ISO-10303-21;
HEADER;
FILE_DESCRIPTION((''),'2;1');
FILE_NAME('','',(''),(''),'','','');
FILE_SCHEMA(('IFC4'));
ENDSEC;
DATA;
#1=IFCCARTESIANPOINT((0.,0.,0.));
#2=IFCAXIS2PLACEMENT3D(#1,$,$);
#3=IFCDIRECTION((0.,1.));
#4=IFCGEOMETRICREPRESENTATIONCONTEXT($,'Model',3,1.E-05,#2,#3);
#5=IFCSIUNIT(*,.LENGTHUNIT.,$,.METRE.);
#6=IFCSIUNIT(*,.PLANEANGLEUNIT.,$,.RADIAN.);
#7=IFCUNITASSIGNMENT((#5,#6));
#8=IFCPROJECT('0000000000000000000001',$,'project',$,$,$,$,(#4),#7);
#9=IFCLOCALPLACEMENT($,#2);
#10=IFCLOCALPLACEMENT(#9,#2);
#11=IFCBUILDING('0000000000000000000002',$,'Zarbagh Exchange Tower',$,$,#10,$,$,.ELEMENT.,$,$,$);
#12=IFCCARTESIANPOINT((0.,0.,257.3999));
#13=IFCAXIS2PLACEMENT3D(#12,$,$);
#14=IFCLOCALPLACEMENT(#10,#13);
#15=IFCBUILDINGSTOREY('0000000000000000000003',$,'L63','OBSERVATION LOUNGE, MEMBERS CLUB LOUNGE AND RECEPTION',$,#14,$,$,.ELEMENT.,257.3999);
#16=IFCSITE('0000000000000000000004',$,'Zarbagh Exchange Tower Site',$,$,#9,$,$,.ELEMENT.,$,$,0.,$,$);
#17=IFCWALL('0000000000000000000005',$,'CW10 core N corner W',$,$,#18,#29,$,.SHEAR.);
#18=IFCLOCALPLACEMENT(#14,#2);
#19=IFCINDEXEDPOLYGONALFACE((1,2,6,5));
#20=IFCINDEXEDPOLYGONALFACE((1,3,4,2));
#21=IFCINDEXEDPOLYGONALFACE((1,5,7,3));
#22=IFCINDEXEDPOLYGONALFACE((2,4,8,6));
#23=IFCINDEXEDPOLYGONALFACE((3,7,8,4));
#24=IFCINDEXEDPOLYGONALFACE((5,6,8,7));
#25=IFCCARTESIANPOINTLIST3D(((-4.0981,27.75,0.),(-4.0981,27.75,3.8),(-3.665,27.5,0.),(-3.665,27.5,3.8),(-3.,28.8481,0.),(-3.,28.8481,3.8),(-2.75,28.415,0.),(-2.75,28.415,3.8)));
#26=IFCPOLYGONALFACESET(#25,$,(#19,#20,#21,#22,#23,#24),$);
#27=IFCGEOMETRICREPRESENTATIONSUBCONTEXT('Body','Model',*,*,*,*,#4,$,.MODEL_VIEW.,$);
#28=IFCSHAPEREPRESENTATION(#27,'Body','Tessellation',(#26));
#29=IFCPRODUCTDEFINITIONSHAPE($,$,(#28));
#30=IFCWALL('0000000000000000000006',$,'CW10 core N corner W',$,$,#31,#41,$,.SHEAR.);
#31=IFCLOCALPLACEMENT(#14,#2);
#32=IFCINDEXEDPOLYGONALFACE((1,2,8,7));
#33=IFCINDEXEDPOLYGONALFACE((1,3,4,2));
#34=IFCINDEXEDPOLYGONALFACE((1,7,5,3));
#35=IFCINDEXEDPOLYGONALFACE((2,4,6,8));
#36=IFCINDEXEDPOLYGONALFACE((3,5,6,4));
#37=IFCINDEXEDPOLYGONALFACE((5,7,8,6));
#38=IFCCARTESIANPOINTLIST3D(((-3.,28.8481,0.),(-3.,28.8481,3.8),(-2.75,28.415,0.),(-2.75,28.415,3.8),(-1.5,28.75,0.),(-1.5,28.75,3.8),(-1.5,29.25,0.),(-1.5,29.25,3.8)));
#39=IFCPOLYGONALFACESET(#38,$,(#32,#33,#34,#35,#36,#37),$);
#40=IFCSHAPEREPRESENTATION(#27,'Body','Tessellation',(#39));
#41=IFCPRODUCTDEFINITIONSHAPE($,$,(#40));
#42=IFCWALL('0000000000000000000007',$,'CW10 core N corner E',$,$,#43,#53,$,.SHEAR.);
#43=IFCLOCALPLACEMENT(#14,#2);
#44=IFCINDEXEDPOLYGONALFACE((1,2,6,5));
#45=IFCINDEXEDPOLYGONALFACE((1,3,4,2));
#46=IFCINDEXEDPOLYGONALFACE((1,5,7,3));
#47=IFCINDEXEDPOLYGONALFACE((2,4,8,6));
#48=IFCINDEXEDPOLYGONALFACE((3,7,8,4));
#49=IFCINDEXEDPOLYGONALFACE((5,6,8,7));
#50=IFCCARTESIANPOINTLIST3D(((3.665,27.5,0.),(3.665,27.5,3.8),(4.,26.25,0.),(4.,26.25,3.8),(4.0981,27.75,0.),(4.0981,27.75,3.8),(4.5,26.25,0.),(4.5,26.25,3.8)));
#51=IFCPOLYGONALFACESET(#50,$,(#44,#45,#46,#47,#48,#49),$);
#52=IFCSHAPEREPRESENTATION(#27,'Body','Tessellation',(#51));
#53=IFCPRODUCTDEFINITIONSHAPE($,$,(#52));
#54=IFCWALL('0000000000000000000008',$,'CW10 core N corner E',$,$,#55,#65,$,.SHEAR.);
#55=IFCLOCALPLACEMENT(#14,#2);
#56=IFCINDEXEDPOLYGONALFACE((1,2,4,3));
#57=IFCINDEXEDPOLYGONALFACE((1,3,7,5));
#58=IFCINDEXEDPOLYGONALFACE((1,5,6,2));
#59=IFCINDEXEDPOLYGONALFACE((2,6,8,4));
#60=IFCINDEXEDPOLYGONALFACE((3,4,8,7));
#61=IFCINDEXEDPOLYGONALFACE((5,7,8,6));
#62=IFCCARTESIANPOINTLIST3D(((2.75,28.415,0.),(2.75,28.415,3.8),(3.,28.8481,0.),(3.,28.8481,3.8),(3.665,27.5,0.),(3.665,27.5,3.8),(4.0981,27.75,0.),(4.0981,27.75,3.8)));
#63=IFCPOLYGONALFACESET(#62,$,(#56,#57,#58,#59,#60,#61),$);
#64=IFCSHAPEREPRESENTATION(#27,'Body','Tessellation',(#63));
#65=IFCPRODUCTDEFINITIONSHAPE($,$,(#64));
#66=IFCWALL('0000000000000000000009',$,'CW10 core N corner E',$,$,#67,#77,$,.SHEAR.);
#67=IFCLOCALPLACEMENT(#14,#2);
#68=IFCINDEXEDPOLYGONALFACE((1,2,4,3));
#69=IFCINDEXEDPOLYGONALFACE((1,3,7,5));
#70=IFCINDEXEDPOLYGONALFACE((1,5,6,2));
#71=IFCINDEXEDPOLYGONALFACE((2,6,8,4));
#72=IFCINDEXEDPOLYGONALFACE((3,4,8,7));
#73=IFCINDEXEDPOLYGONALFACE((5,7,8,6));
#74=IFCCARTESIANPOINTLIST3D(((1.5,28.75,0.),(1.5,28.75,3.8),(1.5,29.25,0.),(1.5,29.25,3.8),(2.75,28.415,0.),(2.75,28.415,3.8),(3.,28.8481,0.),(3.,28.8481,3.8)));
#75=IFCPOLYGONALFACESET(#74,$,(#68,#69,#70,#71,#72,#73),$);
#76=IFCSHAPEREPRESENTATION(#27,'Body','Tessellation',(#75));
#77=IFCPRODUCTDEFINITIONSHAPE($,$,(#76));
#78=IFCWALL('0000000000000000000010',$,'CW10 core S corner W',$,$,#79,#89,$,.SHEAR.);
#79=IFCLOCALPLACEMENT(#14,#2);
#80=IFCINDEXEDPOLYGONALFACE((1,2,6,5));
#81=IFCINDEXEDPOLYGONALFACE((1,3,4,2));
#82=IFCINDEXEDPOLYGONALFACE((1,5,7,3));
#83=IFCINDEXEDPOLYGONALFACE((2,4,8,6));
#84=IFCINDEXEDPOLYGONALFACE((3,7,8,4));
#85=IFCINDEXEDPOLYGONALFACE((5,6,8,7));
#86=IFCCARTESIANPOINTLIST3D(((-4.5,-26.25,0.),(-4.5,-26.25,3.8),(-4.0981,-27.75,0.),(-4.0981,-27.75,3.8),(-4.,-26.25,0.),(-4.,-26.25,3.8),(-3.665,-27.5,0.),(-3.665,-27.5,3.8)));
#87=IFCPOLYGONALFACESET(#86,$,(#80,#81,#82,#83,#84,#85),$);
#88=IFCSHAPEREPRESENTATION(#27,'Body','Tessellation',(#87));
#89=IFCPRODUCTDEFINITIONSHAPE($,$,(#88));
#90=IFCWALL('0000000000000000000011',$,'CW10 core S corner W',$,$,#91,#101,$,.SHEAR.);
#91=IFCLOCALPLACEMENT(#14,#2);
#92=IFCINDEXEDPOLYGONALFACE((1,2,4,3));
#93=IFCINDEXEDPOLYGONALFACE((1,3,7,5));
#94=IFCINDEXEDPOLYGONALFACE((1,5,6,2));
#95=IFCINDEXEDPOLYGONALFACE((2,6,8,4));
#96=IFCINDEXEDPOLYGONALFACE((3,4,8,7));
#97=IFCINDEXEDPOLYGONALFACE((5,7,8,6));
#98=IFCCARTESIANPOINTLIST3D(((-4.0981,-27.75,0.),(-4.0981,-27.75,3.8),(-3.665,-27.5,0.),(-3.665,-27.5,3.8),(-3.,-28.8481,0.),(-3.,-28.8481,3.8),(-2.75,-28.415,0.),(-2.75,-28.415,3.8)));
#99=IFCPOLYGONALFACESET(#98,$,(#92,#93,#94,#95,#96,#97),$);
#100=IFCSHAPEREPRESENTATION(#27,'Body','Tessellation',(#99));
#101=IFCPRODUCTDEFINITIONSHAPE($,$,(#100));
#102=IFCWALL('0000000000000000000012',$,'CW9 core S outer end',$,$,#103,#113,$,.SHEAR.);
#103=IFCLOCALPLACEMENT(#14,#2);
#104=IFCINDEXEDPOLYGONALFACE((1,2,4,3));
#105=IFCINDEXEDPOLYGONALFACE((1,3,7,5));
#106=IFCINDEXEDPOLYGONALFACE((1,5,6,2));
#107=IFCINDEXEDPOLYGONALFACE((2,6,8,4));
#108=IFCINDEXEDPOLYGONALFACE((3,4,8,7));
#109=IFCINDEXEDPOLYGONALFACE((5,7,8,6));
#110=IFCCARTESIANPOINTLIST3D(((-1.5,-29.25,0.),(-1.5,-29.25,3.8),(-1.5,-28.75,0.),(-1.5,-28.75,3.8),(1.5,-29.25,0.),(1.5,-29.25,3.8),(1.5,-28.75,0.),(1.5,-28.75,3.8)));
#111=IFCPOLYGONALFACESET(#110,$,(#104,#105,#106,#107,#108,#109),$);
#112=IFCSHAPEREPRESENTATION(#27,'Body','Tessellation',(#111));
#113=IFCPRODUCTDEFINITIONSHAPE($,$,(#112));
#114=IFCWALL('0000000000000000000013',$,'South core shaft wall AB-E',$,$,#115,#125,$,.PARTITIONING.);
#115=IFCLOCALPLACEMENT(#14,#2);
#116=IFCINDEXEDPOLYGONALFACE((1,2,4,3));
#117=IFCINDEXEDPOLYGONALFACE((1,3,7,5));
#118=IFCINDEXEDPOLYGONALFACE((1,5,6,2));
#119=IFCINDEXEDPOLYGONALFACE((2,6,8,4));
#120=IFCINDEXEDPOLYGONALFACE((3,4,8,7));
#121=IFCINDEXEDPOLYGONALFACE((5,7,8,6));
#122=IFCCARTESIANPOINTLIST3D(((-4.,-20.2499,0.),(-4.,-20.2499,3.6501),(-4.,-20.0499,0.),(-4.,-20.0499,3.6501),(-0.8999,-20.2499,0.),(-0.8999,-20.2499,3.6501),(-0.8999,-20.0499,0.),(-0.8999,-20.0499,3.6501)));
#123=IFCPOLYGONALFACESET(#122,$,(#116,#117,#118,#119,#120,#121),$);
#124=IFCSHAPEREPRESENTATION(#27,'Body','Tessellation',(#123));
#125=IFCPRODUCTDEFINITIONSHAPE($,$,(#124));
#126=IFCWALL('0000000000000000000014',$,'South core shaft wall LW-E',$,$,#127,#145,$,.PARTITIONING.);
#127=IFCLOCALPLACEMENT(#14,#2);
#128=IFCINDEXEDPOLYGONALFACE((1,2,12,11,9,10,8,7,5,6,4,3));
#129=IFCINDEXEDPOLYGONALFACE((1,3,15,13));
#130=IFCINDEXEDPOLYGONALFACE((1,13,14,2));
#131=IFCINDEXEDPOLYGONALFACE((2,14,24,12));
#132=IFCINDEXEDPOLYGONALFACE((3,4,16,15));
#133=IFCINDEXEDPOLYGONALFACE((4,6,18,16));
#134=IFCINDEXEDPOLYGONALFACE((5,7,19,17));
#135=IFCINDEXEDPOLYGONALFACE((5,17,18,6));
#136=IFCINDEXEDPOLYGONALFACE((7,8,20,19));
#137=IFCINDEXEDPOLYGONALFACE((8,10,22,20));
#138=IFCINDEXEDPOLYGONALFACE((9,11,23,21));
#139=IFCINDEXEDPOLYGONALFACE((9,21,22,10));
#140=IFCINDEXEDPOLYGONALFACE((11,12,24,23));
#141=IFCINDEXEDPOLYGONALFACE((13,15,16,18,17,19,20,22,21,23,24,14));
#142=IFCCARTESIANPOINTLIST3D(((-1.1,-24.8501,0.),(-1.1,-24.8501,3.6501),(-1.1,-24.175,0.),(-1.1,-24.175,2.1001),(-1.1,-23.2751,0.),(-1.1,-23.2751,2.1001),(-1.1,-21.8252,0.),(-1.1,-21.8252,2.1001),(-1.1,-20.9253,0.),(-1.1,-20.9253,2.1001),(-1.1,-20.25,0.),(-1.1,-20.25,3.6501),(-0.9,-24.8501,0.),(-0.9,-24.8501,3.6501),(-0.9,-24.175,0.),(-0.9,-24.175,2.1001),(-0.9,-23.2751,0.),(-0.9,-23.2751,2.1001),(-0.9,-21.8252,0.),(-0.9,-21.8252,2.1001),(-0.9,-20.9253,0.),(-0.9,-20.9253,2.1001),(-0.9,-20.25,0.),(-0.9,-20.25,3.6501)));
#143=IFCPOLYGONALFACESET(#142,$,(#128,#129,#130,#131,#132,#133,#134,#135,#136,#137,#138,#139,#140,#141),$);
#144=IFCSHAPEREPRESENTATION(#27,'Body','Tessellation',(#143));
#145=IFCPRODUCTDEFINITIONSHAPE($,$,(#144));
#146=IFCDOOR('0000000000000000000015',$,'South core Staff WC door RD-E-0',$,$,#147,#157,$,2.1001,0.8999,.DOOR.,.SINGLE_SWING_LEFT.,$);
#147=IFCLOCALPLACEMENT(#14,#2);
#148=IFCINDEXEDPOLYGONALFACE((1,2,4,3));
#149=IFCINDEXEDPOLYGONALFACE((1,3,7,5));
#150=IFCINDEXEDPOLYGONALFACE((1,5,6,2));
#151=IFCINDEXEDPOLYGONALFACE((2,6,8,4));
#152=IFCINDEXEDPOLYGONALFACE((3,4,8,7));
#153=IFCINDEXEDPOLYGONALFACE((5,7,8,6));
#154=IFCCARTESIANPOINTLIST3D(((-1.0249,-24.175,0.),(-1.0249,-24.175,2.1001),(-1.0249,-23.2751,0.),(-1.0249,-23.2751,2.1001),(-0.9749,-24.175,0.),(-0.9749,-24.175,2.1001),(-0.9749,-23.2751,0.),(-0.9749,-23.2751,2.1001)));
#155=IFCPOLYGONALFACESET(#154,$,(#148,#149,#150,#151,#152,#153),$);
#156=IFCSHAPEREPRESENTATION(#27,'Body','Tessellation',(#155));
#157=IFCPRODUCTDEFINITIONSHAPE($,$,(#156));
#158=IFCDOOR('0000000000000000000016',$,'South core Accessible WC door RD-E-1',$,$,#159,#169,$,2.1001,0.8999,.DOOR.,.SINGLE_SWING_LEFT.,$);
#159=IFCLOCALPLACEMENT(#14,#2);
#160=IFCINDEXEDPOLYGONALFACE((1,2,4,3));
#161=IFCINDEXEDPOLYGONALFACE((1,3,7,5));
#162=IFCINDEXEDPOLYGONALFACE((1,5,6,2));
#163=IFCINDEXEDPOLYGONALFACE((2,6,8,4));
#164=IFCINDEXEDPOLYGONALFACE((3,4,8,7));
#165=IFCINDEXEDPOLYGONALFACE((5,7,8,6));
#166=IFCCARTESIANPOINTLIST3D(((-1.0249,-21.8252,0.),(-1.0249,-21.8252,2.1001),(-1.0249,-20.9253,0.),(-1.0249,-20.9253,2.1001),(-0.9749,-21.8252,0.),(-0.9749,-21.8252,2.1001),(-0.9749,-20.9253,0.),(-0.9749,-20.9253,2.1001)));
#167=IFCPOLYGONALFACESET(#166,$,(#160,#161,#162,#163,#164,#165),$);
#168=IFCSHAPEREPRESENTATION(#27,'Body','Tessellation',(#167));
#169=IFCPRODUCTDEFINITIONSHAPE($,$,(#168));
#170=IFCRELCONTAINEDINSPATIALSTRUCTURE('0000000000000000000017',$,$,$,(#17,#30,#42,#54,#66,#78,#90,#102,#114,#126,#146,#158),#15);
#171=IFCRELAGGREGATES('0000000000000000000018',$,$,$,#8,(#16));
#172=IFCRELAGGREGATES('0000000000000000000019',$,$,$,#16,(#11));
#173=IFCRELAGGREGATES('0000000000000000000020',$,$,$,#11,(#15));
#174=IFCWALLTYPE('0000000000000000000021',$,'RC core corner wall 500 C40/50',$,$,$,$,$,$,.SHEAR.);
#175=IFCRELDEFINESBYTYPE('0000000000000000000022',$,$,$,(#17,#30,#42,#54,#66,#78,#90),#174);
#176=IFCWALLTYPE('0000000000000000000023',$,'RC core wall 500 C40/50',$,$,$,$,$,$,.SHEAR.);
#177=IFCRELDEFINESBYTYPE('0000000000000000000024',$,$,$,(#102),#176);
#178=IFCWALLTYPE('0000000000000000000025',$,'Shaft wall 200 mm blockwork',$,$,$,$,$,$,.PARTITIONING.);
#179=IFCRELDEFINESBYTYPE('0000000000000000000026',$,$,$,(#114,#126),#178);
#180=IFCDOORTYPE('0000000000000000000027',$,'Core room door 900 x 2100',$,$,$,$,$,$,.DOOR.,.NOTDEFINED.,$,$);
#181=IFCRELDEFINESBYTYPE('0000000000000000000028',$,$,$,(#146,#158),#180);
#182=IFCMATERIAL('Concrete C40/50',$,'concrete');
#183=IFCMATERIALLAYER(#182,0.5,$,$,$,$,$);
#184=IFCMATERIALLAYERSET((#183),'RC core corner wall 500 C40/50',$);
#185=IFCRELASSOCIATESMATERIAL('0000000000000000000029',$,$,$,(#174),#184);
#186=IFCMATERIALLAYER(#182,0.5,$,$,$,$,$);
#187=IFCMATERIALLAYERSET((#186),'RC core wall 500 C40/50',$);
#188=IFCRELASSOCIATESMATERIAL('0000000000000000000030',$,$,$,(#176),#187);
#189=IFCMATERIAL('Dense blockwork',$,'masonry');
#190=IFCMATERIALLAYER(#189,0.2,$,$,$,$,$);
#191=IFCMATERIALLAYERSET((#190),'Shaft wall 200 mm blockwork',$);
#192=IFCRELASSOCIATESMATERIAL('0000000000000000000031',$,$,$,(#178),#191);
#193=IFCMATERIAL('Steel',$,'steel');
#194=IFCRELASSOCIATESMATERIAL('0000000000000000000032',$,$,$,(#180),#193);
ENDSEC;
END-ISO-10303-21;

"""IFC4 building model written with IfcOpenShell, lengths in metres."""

from ifc_helpers import new_model, si_unit, direction, frame, frame_2d, origin, place, context, subcontext, project, spatial, polyline, rectangle, outline, extrude, material, layer, layer_set, type_object, element, fill, save


model = new_model("IFC4")

# Units and contexts
model_context = context("Model", 3, precision=1e-05, world=origin(), true_north=direction((0.0, 1.0)))
body_context = subcontext(model_context, "Body", "Model", "MODEL_VIEW")
ifc_project = project(units=[si_unit("LENGTHUNIT", "METRE"), si_unit("PLANEANGLEUNIT", "RADIAN")], contexts=[model_context])

# Site, building, storey
site_placement = place(None, origin())
site = spatial("IfcSite", under=ifc_project, at=site_placement, Name="Zarbagh Exchange Tower Site", CompositionType="ELEMENT", RefElevation=0.0)
building_placement = place(site_placement, origin())
building = spatial("IfcBuilding", under=site, at=building_placement, Name="Zarbagh Exchange Tower", CompositionType="ELEMENT")
storey_placement = place(building_placement, frame((0.0, 0.0, 257.3999)))
storey = spatial("IfcBuildingStorey", under=building, at=storey_placement, Name="L63", Description="OBSERVATION LOUNGE, MEMBERS CLUB LOUNGE AND RECEPTION", CompositionType="ELEMENT", Elevation=257.3999)

# Shared definitions
ifc_material_1 = material(Name="Concrete C40/50", Category="concrete")

# Shared definitions
ifc_material_2 = material(Name="Dense blockwork", Category="masonry")

# Walls
ifc_layer_1 = layer(ifc_material_1, 0.5)
ifc_layer_set_1 = layer_set([ifc_layer_1], Name="RC core corner wall 500 C40/50")
wall_type_1 = type_object("IfcWallType", Name="RC core corner wall 500 C40/50", PredefinedType="SHEAR", material=ifc_layer_set_1)
wall_1_placement = place(storey_placement, origin())
element("IfcWall", 1, at=wall_1_placement, inside=storey, type_object=wall_type_1, Name="CW10 core N corner W", PredefinedType="SHEAR", context=body_context, shape_type="SweptSolid", body=[
    extrude(outline(polyline([(-4.0981, 27.75), (-3.0, 28.8481), (-2.75, 28.415), (-3.665, 27.5), (-4.0981, 27.75)])), origin(), (0.0, 0.0, 1.0), 3.8),
])
wall_2_placement = place(storey_placement, origin())
element("IfcWall", 2, at=wall_2_placement, inside=storey, type_object=wall_type_1, Name="CW10 core N corner W", PredefinedType="SHEAR", context=body_context, shape_type="SweptSolid", body=[
    extrude(outline(polyline([(-3.0, 28.8481), (-1.5, 29.25), (-1.5, 28.75), (-2.75, 28.415), (-3.0, 28.8481)])), origin(), (0.0, 0.0, 1.0), 3.8),
])
wall_3_placement = place(storey_placement, origin())
element("IfcWall", 3, at=wall_3_placement, inside=storey, type_object=wall_type_1, Name="CW10 core N corner E", PredefinedType="SHEAR", context=body_context, shape_type="SweptSolid", body=[
    extrude(outline(polyline([(4.5, 26.25), (4.0981, 27.75), (3.665, 27.5), (4.0, 26.25), (4.5, 26.25)])), origin(), (0.0, 0.0, 1.0), 3.8),
])
wall_4_placement = place(storey_placement, origin())
element("IfcWall", 4, at=wall_4_placement, inside=storey, type_object=wall_type_1, Name="CW10 core N corner E", PredefinedType="SHEAR", context=body_context, shape_type="SweptSolid", body=[
    extrude(outline(polyline([(4.0981, 27.75), (3.0, 28.8481), (2.75, 28.415), (3.665, 27.5), (4.0981, 27.75)])), origin(), (0.0, 0.0, 1.0), 3.8),
])
wall_5_placement = place(storey_placement, origin())
element("IfcWall", 5, at=wall_5_placement, inside=storey, type_object=wall_type_1, Name="CW10 core N corner E", PredefinedType="SHEAR", context=body_context, shape_type="SweptSolid", body=[
    extrude(outline(polyline([(3.0, 28.8481), (1.5, 29.25), (1.5, 28.75), (2.75, 28.415), (3.0, 28.8481)])), origin(), (0.0, 0.0, 1.0), 3.8),
])
wall_6_placement = place(storey_placement, origin())
element("IfcWall", 6, at=wall_6_placement, inside=storey, type_object=wall_type_1, Name="CW10 core S corner W", PredefinedType="SHEAR", context=body_context, shape_type="SweptSolid", body=[
    extrude(outline(polyline([(-4.5, -26.25), (-4.0981, -27.75), (-3.665, -27.5), (-4.0, -26.25), (-4.5, -26.25)])), origin(), (0.0, 0.0, 1.0), 3.8),
])
wall_7_placement = place(storey_placement, origin())
element("IfcWall", 7, at=wall_7_placement, inside=storey, type_object=wall_type_1, Name="CW10 core S corner W", PredefinedType="SHEAR", context=body_context, shape_type="SweptSolid", body=[
    extrude(outline(polyline([(-4.0981, -27.75), (-3.0, -28.8481), (-2.75, -28.415), (-3.665, -27.5), (-4.0981, -27.75)])), origin(), (0.0, 0.0, 1.0), 3.8),
])
ifc_layer_2 = layer(ifc_material_1, 0.5)
ifc_layer_set_2 = layer_set([ifc_layer_2], Name="RC core wall 500 C40/50")
wall_type_2 = type_object("IfcWallType", Name="RC core wall 500 C40/50", PredefinedType="SHEAR", material=ifc_layer_set_2)
wall_8_placement = place(storey_placement, frame((-1.5, -29.0, 0.0), z_axis=(0.0, 0.0, 1.0), x_axis=(1.0, 0.0, 0.0)))
element("IfcWall", 8, at=wall_8_placement, inside=storey, type_object=wall_type_2, Name="CW9 core S outer end", PredefinedType="SHEAR", context=body_context, shape_type="SweptSolid", body=[
    extrude(rectangle(XDim=3.0, YDim=0.5, at=frame_2d((1.5, 0.0))), origin(), (0.0, 0.0, 1.0), 3.8),
])
ifc_layer_3 = layer(ifc_material_2, 0.2)
ifc_layer_set_3 = layer_set([ifc_layer_3], Name="Shaft wall 200 mm blockwork")
wall_type_3 = type_object("IfcWallType", Name="Shaft wall 200 mm blockwork", PredefinedType="PARTITIONING", material=ifc_layer_set_3)
wall_9_placement = place(storey_placement, frame((-0.8999, -20.1499, 0.0), z_axis=(0.0, 0.0, 1.0), x_axis=(-1.0, 0.0, 0.0)))
element("IfcWall", 9, at=wall_9_placement, inside=storey, type_object=wall_type_3, Name="South core shaft wall AB-E", PredefinedType="PARTITIONING", context=body_context, shape_type="SweptSolid", body=[
    extrude(rectangle(XDim=3.1001, YDim=0.2, at=frame_2d((1.55, 0.0))), origin(), (0.0, 0.0, 1.0), 3.6501),
])

# Wall, openings, doors
wall_10_placement = place(storey_placement, frame((-1.0, -24.8501, 0.0), z_axis=(0.0, 0.0, 1.0), x_axis=(0.0, 1.0, 0.0)))
wall_10 = element("IfcWall", 10, at=wall_10_placement, inside=storey, type_object=wall_type_3, Name="South core shaft wall LW-E", PredefinedType="PARTITIONING", context=body_context, shape_type="SweptSolid", body=[
    extrude(rectangle(XDim=4.6001, YDim=0.2, at=frame_2d((2.3, 0.0))), origin(), (0.0, 0.0, 1.0), 3.6501),
])
opening_1_placement = place(wall_10_placement, frame((0.675, 0.0, 0.0)))
opening_1 = element("IfcOpeningElement", 11, at=opening_1_placement, cuts=wall_10, PredefinedType="OPENING", context=body_context, shape_type="SweptSolid", body=[
    extrude(rectangle(XDim=0.8999, YDim=2.1001, at=frame_2d((0.45, 1.05))), frame((0.0, 0.1099, 0.0), z_axis=(0.0, -1.0, 0.0), x_axis=(1.0, 0.0, 0.0)), (0.0, 0.0, 1.0), 0.22),
])
opening_2_placement = place(wall_10_placement, frame((3.0249, 0.0, 0.0)))
opening_2 = element("IfcOpeningElement", 12, at=opening_2_placement, cuts=wall_10, PredefinedType="OPENING", context=body_context, shape_type="SweptSolid", body=[
    extrude(rectangle(XDim=0.8999, YDim=2.1001, at=frame_2d((0.45, 1.05))), frame((0.0, 0.1099, 0.0), z_axis=(0.0, -1.0, 0.0), x_axis=(1.0, 0.0, 0.0)), (0.0, 0.0, 1.0), 0.22),
])
ifc_material_3 = material(Name="Steel", Category="steel")
door_type_1 = type_object("IfcDoorType", Name="Core room door 900 x 2100", OperationType="NOTDEFINED", PredefinedType="DOOR", material=ifc_material_3)
door_1_placement = place(opening_1_placement, origin())
door_1 = element("IfcDoor", 13, at=door_1_placement, inside=storey, type_object=door_type_1, Name="South core Staff WC door RD-E-0", OperationType="SINGLE_SWING_LEFT", OverallHeight=2.1001, OverallWidth=0.8999, PredefinedType="DOOR", context=body_context, shape_type="SweptSolid", body=[
    extrude(rectangle(XDim=0.8999, YDim=2.1001, at=frame_2d((0.45, 1.05))), frame((0.0, 0.0249, 0.0), z_axis=(0.0, -1.0, 0.0), x_axis=(1.0, 0.0, 0.0)), (0.0, 0.0, 1.0), 0.05),
])
fill(opening_1, door_1)
door_2_placement = place(opening_2_placement, origin())
door_2 = element("IfcDoor", 14, at=door_2_placement, inside=storey, type_object=door_type_1, Name="South core Accessible WC door RD-E-1", OperationType="SINGLE_SWING_LEFT", OverallHeight=2.1001, OverallWidth=0.8999, PredefinedType="DOOR", context=body_context, shape_type="SweptSolid", body=[
    extrude(rectangle(XDim=0.8999, YDim=2.1001, at=frame_2d((0.45, 1.05))), frame((0.0, 0.0249, 0.0), z_axis=(0.0, -1.0, 0.0), x_axis=(1.0, 0.0, 0.0)), (0.0, 0.0, 1.0), 0.05),
])
fill(opening_2, door_2)

save(model, "model.ifc")
